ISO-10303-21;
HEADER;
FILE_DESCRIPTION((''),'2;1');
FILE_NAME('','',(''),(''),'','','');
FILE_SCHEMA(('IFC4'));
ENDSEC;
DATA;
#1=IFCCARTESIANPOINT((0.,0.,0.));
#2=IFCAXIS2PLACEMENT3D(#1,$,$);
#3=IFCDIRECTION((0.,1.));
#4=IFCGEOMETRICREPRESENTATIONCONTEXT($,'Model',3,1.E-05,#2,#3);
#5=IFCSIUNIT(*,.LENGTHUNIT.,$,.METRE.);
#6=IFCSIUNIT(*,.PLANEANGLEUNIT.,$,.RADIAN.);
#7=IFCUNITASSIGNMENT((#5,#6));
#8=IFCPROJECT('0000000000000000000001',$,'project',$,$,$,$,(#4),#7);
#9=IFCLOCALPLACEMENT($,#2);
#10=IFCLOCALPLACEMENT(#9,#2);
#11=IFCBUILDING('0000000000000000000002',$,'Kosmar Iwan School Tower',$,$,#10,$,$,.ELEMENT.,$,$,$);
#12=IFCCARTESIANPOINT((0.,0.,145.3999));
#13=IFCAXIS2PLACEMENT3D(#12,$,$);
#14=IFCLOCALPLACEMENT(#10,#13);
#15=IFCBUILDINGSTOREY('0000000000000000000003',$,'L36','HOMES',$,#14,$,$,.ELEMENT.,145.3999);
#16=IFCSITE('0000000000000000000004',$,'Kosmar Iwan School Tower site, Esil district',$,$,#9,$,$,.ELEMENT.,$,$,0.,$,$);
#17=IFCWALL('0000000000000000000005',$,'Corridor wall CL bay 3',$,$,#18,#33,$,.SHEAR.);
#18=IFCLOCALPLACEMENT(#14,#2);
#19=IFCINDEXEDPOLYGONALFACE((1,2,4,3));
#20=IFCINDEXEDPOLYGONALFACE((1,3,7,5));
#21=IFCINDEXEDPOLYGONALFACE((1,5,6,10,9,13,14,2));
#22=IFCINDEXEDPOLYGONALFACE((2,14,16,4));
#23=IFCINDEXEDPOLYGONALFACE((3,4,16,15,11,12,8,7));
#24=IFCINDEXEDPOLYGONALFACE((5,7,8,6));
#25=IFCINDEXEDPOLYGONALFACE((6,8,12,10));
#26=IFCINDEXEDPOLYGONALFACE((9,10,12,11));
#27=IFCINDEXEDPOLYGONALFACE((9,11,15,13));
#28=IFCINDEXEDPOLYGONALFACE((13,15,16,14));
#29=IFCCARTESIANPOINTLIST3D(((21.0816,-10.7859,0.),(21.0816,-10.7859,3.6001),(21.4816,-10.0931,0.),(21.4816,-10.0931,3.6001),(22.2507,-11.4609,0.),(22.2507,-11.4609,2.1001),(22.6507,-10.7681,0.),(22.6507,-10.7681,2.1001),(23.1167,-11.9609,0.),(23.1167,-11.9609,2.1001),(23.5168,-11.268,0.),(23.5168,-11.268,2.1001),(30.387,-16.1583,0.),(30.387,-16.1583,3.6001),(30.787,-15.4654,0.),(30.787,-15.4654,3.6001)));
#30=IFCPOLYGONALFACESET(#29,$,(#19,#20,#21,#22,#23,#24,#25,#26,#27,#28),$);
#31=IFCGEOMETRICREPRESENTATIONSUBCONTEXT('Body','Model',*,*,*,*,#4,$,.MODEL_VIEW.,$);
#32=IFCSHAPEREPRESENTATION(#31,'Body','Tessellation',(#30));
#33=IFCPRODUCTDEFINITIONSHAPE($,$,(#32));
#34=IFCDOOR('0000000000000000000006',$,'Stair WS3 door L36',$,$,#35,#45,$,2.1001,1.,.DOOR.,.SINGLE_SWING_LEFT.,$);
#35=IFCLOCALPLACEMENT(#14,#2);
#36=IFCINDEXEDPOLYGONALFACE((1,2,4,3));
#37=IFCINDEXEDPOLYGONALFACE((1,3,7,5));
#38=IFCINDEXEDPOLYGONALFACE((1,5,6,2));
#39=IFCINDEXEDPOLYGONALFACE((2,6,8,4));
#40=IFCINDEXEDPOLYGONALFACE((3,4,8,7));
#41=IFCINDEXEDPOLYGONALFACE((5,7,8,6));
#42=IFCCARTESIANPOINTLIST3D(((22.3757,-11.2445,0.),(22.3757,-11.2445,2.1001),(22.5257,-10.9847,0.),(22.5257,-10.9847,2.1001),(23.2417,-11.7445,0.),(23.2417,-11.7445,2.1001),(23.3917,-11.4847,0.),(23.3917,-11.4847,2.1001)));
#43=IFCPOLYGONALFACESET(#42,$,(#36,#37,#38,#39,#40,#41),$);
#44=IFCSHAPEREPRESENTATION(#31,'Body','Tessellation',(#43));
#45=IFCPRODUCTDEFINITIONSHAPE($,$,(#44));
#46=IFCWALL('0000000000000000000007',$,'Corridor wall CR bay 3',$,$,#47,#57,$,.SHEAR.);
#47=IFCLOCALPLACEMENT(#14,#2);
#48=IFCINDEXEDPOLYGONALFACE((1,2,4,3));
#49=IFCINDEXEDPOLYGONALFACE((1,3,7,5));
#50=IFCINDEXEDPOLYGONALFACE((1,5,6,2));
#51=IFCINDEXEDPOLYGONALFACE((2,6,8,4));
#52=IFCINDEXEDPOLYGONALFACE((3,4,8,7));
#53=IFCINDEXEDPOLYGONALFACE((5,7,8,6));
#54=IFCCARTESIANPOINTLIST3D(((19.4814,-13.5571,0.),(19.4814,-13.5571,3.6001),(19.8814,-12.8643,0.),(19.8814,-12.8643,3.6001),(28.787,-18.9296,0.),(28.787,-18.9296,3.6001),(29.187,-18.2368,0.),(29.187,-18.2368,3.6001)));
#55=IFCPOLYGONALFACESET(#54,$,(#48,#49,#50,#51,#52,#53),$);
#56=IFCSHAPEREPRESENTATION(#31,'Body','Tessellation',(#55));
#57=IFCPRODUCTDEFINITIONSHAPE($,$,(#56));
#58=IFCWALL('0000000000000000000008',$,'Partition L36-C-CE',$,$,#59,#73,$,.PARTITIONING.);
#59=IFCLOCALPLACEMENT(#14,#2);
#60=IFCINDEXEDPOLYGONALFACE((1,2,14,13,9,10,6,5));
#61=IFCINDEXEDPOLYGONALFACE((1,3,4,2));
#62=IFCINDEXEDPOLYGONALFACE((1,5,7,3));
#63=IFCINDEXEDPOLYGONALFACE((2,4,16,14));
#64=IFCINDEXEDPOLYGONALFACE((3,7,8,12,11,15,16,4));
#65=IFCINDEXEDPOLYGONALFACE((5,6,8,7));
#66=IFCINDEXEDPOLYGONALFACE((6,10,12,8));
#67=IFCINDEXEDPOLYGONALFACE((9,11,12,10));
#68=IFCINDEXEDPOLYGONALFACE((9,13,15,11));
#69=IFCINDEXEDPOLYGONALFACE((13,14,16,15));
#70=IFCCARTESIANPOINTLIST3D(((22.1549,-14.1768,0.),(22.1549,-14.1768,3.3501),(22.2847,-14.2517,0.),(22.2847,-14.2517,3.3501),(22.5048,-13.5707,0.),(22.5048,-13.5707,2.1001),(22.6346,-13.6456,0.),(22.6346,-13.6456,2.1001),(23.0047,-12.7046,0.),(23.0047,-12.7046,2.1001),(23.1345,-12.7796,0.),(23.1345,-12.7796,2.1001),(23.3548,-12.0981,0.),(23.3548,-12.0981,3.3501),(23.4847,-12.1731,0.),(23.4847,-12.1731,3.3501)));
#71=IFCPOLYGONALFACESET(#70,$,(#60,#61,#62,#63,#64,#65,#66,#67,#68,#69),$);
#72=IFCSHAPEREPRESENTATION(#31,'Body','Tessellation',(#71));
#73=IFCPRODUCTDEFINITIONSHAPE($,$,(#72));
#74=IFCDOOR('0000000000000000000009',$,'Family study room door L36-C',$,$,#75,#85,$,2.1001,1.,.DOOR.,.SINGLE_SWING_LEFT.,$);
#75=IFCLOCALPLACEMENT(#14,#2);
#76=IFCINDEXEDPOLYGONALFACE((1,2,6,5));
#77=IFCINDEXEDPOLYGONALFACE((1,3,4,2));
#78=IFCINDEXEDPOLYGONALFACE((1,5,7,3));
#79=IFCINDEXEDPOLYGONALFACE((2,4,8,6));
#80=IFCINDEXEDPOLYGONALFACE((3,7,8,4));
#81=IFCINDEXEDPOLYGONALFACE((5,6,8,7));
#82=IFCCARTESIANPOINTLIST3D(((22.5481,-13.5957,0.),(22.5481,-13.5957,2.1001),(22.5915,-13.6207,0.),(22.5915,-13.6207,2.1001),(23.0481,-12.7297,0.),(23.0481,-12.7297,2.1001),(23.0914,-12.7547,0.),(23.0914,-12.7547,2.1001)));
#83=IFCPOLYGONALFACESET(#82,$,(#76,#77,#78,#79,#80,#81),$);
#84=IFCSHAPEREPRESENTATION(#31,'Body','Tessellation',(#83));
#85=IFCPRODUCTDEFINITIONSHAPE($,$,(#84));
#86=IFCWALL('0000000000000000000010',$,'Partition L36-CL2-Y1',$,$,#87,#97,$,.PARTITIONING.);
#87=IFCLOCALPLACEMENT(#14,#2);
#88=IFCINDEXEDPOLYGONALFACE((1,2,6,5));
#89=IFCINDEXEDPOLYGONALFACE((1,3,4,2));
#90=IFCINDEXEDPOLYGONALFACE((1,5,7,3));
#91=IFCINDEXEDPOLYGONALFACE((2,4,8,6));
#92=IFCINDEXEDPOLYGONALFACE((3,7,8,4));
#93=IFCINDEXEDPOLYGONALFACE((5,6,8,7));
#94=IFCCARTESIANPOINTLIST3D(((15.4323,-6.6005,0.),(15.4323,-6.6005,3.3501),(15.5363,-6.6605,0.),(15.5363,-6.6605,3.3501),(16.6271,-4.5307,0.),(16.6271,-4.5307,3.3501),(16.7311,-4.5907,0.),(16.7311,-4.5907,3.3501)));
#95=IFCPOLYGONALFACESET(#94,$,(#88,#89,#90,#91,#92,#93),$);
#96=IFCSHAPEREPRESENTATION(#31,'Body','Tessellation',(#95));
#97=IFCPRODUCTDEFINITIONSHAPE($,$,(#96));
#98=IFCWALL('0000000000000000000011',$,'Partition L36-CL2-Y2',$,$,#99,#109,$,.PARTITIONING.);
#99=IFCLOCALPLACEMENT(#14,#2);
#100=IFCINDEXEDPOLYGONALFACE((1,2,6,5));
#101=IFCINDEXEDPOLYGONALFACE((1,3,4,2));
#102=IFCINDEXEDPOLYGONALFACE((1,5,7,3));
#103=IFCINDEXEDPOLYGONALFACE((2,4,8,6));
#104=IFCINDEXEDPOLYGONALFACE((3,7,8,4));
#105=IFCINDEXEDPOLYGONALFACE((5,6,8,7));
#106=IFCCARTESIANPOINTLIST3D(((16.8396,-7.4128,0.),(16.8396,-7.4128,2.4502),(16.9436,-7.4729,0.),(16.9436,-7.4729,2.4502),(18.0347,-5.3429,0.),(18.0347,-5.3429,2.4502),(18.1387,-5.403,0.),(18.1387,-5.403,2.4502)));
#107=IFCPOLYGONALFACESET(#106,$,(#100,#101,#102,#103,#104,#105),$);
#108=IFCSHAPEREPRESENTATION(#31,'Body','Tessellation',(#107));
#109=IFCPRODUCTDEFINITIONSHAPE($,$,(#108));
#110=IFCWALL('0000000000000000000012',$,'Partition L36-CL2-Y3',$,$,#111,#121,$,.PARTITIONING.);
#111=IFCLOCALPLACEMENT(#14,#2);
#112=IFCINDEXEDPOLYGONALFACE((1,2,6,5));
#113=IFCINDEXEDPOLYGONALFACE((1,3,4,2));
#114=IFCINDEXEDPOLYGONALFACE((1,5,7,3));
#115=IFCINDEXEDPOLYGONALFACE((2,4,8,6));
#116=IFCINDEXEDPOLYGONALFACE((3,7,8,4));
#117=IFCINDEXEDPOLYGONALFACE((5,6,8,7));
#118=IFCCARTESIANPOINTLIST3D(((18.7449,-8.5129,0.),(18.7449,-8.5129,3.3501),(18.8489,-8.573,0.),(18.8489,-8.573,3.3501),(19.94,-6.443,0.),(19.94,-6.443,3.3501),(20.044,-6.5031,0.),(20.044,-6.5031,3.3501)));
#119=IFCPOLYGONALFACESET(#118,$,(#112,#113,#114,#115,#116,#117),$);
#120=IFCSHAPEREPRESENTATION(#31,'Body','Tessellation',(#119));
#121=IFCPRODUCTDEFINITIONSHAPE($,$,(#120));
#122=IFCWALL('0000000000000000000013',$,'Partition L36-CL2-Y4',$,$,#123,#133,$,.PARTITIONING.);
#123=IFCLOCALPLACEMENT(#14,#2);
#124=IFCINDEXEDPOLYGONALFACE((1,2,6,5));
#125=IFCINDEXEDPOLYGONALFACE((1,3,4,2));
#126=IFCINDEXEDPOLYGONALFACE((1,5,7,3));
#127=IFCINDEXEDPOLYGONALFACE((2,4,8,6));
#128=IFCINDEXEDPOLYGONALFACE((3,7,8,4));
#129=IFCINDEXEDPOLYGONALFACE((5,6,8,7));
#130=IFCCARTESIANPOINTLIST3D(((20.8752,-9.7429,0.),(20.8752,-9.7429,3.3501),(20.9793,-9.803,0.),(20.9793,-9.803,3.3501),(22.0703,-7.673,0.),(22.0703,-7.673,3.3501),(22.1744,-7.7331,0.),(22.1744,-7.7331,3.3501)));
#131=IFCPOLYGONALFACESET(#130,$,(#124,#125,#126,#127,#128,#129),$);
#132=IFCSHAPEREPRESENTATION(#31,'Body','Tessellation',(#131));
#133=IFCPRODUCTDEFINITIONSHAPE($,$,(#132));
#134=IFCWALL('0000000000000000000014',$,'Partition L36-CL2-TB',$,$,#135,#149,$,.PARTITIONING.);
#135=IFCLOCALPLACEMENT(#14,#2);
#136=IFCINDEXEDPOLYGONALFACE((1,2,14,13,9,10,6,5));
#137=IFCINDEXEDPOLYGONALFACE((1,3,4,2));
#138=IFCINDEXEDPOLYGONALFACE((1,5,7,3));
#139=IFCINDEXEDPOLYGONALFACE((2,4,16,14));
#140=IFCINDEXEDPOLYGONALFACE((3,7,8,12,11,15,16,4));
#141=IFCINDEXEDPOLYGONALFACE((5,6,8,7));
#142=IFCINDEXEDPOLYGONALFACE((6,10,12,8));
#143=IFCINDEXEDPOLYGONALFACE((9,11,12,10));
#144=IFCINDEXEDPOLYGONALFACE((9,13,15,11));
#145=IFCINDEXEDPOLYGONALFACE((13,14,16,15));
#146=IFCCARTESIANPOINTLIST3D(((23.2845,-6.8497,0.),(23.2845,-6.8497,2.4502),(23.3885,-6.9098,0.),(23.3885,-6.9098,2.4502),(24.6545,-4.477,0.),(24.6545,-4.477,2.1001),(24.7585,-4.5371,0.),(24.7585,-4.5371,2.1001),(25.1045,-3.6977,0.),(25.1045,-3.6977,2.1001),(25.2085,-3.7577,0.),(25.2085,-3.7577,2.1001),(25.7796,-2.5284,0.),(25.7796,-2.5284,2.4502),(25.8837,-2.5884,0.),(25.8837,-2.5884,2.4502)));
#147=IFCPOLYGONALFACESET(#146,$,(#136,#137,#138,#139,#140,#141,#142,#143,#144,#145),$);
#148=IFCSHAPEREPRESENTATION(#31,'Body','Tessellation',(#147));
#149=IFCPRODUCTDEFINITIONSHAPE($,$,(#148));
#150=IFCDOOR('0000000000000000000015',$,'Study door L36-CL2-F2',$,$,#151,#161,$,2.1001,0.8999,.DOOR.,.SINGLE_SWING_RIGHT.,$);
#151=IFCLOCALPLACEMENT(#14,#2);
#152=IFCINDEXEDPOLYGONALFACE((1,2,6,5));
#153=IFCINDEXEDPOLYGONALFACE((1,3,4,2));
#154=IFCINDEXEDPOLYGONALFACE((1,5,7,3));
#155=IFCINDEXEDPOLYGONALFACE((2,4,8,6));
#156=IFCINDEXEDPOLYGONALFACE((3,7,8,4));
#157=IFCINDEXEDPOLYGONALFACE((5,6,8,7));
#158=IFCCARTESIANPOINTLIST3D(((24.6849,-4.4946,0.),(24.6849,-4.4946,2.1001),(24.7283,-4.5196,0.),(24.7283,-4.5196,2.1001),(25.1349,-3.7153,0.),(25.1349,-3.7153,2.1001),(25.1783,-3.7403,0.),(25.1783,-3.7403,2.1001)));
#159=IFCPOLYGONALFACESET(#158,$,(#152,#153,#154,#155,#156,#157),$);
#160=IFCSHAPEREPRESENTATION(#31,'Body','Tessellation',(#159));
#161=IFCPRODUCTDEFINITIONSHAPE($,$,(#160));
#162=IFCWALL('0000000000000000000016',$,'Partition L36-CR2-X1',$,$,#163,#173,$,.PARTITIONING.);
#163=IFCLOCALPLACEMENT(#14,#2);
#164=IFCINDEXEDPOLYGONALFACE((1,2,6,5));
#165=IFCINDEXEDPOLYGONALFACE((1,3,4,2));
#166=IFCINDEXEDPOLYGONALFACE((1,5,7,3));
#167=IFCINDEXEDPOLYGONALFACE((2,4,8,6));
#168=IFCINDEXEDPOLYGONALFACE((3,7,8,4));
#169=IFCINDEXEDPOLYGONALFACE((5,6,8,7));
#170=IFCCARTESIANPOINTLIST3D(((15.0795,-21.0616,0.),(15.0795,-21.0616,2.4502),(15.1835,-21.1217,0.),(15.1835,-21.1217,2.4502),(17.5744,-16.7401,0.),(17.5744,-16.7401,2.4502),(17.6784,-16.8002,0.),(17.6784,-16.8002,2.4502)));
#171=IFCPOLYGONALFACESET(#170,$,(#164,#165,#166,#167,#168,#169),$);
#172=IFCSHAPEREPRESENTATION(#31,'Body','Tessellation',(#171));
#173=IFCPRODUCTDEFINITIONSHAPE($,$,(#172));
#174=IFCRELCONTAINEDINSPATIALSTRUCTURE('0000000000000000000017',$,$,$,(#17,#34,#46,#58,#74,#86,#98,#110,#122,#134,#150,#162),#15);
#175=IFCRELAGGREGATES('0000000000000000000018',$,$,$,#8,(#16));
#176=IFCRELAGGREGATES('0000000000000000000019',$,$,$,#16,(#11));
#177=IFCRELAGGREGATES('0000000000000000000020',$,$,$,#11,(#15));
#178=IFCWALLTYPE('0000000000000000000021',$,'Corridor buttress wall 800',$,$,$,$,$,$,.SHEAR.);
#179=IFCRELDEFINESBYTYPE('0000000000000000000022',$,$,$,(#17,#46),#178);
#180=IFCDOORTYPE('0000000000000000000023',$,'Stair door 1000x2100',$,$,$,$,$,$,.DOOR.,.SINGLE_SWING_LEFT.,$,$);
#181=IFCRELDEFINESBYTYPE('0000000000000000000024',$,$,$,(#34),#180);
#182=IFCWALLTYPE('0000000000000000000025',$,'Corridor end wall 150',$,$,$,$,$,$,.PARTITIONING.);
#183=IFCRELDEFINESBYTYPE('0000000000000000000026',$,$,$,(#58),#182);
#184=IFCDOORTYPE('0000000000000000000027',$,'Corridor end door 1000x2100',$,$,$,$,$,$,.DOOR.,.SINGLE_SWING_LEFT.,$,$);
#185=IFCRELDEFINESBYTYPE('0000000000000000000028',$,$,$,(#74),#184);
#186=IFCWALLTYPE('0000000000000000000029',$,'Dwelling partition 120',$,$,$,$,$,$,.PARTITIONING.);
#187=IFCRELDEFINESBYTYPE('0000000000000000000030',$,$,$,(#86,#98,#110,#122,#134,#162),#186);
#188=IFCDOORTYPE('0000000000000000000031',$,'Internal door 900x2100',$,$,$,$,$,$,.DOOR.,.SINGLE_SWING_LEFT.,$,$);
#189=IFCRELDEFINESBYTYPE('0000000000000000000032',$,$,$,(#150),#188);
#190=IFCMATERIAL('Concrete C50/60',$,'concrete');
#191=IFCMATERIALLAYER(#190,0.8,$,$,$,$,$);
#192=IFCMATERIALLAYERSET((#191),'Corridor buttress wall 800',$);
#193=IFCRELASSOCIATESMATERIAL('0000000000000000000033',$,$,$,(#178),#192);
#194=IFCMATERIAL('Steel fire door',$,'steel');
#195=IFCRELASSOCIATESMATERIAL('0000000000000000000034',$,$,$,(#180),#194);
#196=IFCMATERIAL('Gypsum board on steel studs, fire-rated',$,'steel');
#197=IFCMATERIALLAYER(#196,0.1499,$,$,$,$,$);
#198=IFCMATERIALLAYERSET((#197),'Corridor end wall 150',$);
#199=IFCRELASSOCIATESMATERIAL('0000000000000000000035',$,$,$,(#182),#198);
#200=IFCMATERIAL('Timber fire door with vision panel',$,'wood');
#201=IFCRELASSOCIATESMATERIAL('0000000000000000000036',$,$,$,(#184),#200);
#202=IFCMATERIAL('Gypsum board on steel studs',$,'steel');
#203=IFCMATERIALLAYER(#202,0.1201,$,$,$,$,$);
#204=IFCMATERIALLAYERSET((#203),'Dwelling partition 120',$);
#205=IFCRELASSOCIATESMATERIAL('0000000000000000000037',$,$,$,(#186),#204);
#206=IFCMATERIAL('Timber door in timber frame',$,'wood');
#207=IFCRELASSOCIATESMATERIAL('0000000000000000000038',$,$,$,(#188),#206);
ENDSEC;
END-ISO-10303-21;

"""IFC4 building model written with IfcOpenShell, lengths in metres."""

from ifc_helpers import new_model, si_unit, direction, frame, frame_2d, origin, place, context, subcontext, project, spatial, rectangle, extrude, material, layer, layer_set, type_object, element, fill, save


model = new_model("IFC4")

# Units and contexts
model_context = context("Model", 3, precision=1e-05, world=origin(), true_north=direction((0.0, 1.0)))
body_context = subcontext(model_context, "Body", "Model", "MODEL_VIEW")
ifc_project = project(units=[si_unit("LENGTHUNIT", "METRE"), si_unit("PLANEANGLEUNIT", "RADIAN")], contexts=[model_context])

# Site, building, storey
site_placement = place(None, origin())
site = spatial("IfcSite", under=ifc_project, at=site_placement, Name="Kosmar Iwan School Tower site, Esil district", CompositionType="ELEMENT", RefElevation=0.0)
building_placement = place(site_placement, origin())
building = spatial("IfcBuilding", under=site, at=building_placement, Name="Kosmar Iwan School Tower", CompositionType="ELEMENT")
storey_placement = place(building_placement, frame((0.0, 0.0, 145.3999)))
storey = spatial("IfcBuildingStorey", under=building, at=storey_placement, Name="L36", Description="HOMES", CompositionType="ELEMENT", Elevation=145.3999)

# Wall, opening, door
ifc_material_1 = material(Name="Concrete C50/60", Category="concrete")
ifc_layer_1 = layer(ifc_material_1, 0.8)
ifc_layer_set_1 = layer_set([ifc_layer_1], Name="Corridor buttress wall 800")
wall_type_1 = type_object("IfcWallType", Name="Corridor buttress wall 800", PredefinedType="SHEAR", material=ifc_layer_set_1)
wall_1_placement = place(storey_placement, frame((21.2815, -10.4395, 0.0), z_axis=(0.0, 0.0, 1.0), x_axis=(0.866032, -0.499988, 0.0)))
wall_1 = element("IfcWall", 1, at=wall_1_placement, inside=storey, type_object=wall_type_1, Name="Corridor wall CL bay 3", PredefinedType="SHEAR", context=body_context, shape_type="SweptSolid", body=[
    extrude(rectangle(XDim=10.7449, YDim=0.8, at=frame_2d((5.3726, 0.0))), origin(), (0.0, 0.0, 1.0), 3.6001),
])
opening_1_placement = place(wall_1_placement, frame((1.3501, 0.0, 0.0)))
opening_1 = element("IfcOpeningElement", 2, at=opening_1_placement, cuts=wall_1, PredefinedType="OPENING", context=body_context, shape_type="SweptSolid", body=[
    extrude(rectangle(XDim=1.0, YDim=2.1001, at=frame_2d((0.5, 1.05))), frame((0.0, 0.4121, 0.0), z_axis=(0.0, -1.0, 0.0), x_axis=(1.0, 0.0, 0.0)), (0.0, 0.0, 1.0), 0.824),
])
ifc_material_2 = material(Name="Steel fire door", Category="steel")
door_type_1 = type_object("IfcDoorType", Name="Stair door 1000x2100", OperationType="SINGLE_SWING_LEFT", PredefinedType="DOOR", material=ifc_material_2)
door_1_placement = place(opening_1_placement, origin())
door_1 = element("IfcDoor", 3, at=door_1_placement, inside=storey, type_object=door_type_1, Name="Stair WS3 door L36", OperationType="SINGLE_SWING_LEFT", OverallHeight=2.1001, OverallWidth=1.0, PredefinedType="DOOR", context=body_context, shape_type="SweptSolid", body=[
    extrude(rectangle(XDim=1.0, YDim=2.1001, at=frame_2d((0.5, 1.05))), frame((0.0, 0.1499, 0.0), z_axis=(0.0, -1.0, 0.0), x_axis=(1.0, 0.0, 0.0)), (0.0, 0.0, 1.0), 0.3),
])
fill(opening_1, door_1)

# Wall
wall_2_placement = place(storey_placement, frame((19.6814, -13.2107, 0.0), z_axis=(0.0, 0.0, 1.0), x_axis=(0.866028, -0.499995, 0.0)))
element("IfcWall", 4, at=wall_2_placement, inside=storey, type_object=wall_type_1, Name="Corridor wall CR bay 3", PredefinedType="SHEAR", context=body_context, shape_type="SweptSolid", body=[
    extrude(rectangle(XDim=10.7451, YDim=0.8, at=frame_2d((5.3726, 0.0))), origin(), (0.0, 0.0, 1.0), 3.6001),
])

# Wall, opening, door
ifc_material_3 = material(Name="Gypsum board on steel studs, fire-rated", Category="steel")
ifc_layer_2 = layer(ifc_material_3, 0.1499)
ifc_layer_set_2 = layer_set([ifc_layer_2], Name="Corridor end wall 150")
wall_type_2 = type_object("IfcWallType", Name="Corridor end wall 150", PredefinedType="PARTITIONING", material=ifc_layer_set_2)
wall_3_placement = place(storey_placement, frame((22.2197, -14.2144, 0.0), z_axis=(0.0, 0.0, 1.0), x_axis=(0.499957, 0.86605, 0.0)))
wall_3 = element("IfcWall", 5, at=wall_3_placement, inside=storey, type_object=wall_type_2, Name="Partition L36-C-CE", PredefinedType="PARTITIONING", context=body_context, shape_type="SweptSolid", body=[
    extrude(rectangle(XDim=2.4001, YDim=0.1499, at=frame_2d((1.2002, 0.0))), origin(), (0.0, 0.0, 1.0), 3.3501),
])
opening_2_placement = place(wall_3_placement, frame((0.7, 0.0, 0.0)))
opening_2 = element("IfcOpeningElement", 6, at=opening_2_placement, cuts=wall_3, PredefinedType="OPENING", context=body_context, shape_type="SweptSolid", body=[
    extrude(rectangle(XDim=1.0, YDim=2.1001, at=frame_2d((0.5, 1.05))), frame((0.0, 0.0869, 0.0), z_axis=(0.0, -1.0, 0.0), x_axis=(1.0, 0.0, 0.0)), (0.0, 0.0, 1.0), 0.1738),
])
ifc_material_4 = material(Name="Timber fire door with vision panel", Category="wood")
door_type_2 = type_object("IfcDoorType", Name="Corridor end door 1000x2100", OperationType="SINGLE_SWING_LEFT", PredefinedType="DOOR", material=ifc_material_4)
door_2_placement = place(opening_2_placement, origin())
door_2 = element("IfcDoor", 7, at=door_2_placement, inside=storey, type_object=door_type_2, Name="Family study room door L36-C", OperationType="SINGLE_SWING_LEFT", OverallHeight=2.1001, OverallWidth=1.0, PredefinedType="DOOR", context=body_context, shape_type="SweptSolid", body=[
    extrude(rectangle(XDim=1.0, YDim=2.1001, at=frame_2d((0.5, 1.05))), frame((0.0, 0.0249, 0.0), z_axis=(0.0, -1.0, 0.0), x_axis=(1.0, 0.0, 0.0)), (0.0, 0.0, 1.0), 0.05),
])
fill(opening_2, door_2)

# Walls
ifc_material_5 = material(Name="Gypsum board on steel studs", Category="steel")
ifc_layer_3 = layer(ifc_material_5, 0.1201)
ifc_layer_set_3 = layer_set([ifc_layer_3], Name="Dwelling partition 120")
wall_type_3 = type_object("IfcWallType", Name="Dwelling partition 120", PredefinedType="PARTITIONING", material=ifc_layer_set_3)
wall_4_placement = place(storey_placement, frame((15.4844, -6.6304, 0.0), z_axis=(0.0, 0.0, 1.0), x_axis=(0.499941, 0.86606, 0.0)))
element("IfcWall", 8, at=wall_4_placement, inside=storey, type_object=wall_type_3, Name="Partition L36-CL2-Y1", PredefinedType="PARTITIONING", context=body_context, shape_type="SweptSolid", body=[
    extrude(rectangle(XDim=2.3899, YDim=0.1201, at=frame_2d((1.1948, 0.0))), origin(), (0.0, 0.0, 1.0), 3.3501),
])
wall_5_placement = place(storey_placement, frame((16.8916, -7.4429, 0.0), z_axis=(0.0, 0.0, 1.0), x_axis=(0.500017, 0.866015, 0.0)))
element("IfcWall", 9, at=wall_5_placement, inside=storey, type_object=wall_type_3, Name="Partition L36-CL2-Y2", PredefinedType="PARTITIONING", context=body_context, shape_type="SweptSolid", body=[
    extrude(rectangle(XDim=2.3901, YDim=0.1201, at=frame_2d((1.1951, 0.0))), origin(), (0.0, 0.0, 1.0), 2.4502),
])
for number, where, z_axis, x_axis, name in (
    (10, (18.7969, -8.543, 0.0), (0.0, 0.0, 1.0), (0.500017, 0.866015, 0.0), "Partition L36-CL2-Y3"),
    (11, (20.9272, -9.7729, 0.0), (0.0, 0.0, 1.0), (0.500017, 0.866015, 0.0), "Partition L36-CL2-Y4"),
):
    element("IfcWall", number, at=place(storey_placement, frame(where, z_axis=z_axis, x_axis=x_axis)), inside=storey, type_object=wall_type_3, Name=name, PredefinedType="PARTITIONING", context=body_context, shape_type="SweptSolid", body=[
        extrude(rectangle(XDim=2.3901, YDim=0.1201, at=frame_2d((1.1951, 0.0))), origin(), (0.0, 0.0, 1.0), 3.3501),
    ])

# Wall, opening, door
wall_6_placement = place(storey_placement, frame((23.3364, -6.8799, 0.0), z_axis=(0.0, 0.0, 1.0), x_axis=(0.500033, 0.866006, 0.0)))
wall_6 = element("IfcWall", 12, at=wall_6_placement, inside=storey, type_object=wall_type_3, Name="Partition L36-CL2-TB", PredefinedType="PARTITIONING", context=body_context, shape_type="SweptSolid", body=[
    extrude(rectangle(XDim=4.99, YDim=0.1201, at=frame_2d((2.4951, 0.0))), origin(), (0.0, 0.0, 1.0), 2.4502),
])
opening_3_placement = place(wall_6_placement, frame((2.74, 0.0, 0.0)))
opening_3 = element("IfcOpeningElement", 13, at=opening_3_placement, cuts=wall_6, PredefinedType="OPENING", context=body_context, shape_type="SweptSolid", body=[
    extrude(rectangle(XDim=0.8999, YDim=2.1001, at=frame_2d((0.45, 1.05))), frame((0.0, 0.072, 0.0), z_axis=(0.0, -1.0, 0.0), x_axis=(1.0, 0.0, 0.0)), (0.0, 0.0, 1.0), 0.144),
])
ifc_material_6 = material(Name="Timber door in timber frame", Category="wood")
door_type_3 = type_object("IfcDoorType", Name="Internal door 900x2100", OperationType="SINGLE_SWING_LEFT", PredefinedType="DOOR", material=ifc_material_6)
door_3_placement = place(opening_3_placement, origin())
door_3 = element("IfcDoor", 14, at=door_3_placement, inside=storey, type_object=door_type_3, Name="Study door L36-CL2-F2", OperationType="SINGLE_SWING_RIGHT", OverallHeight=2.1001, OverallWidth=0.8999, PredefinedType="DOOR", context=body_context, shape_type="SweptSolid", body=[
    extrude(rectangle(XDim=0.8999, YDim=2.1001, at=frame_2d((0.45, 1.05))), frame((0.0, 0.0249, 0.0), z_axis=(0.0, -1.0, 0.0), x_axis=(1.0, 0.0, 0.0)), (0.0, 0.0, 1.0), 0.05),
])
fill(opening_3, door_3)

# Wall
wall_7_placement = place(storey_placement, frame((17.6265, -16.77, 0.0), z_axis=(0.0, 0.0, 1.0), x_axis=(-0.499975, -0.86604, 0.0)))
element("IfcWall", 15, at=wall_7_placement, inside=storey, type_object=wall_type_3, Name="Partition L36-CR2-X1", PredefinedType="PARTITIONING", context=body_context, shape_type="SweptSolid", body=[
    extrude(rectangle(XDim=4.99, YDim=0.1201, at=frame_2d((2.4951, 0.0))), origin(), (0.0, 0.0, 1.0), 2.4502),
])

save(model, "model.ifc")
